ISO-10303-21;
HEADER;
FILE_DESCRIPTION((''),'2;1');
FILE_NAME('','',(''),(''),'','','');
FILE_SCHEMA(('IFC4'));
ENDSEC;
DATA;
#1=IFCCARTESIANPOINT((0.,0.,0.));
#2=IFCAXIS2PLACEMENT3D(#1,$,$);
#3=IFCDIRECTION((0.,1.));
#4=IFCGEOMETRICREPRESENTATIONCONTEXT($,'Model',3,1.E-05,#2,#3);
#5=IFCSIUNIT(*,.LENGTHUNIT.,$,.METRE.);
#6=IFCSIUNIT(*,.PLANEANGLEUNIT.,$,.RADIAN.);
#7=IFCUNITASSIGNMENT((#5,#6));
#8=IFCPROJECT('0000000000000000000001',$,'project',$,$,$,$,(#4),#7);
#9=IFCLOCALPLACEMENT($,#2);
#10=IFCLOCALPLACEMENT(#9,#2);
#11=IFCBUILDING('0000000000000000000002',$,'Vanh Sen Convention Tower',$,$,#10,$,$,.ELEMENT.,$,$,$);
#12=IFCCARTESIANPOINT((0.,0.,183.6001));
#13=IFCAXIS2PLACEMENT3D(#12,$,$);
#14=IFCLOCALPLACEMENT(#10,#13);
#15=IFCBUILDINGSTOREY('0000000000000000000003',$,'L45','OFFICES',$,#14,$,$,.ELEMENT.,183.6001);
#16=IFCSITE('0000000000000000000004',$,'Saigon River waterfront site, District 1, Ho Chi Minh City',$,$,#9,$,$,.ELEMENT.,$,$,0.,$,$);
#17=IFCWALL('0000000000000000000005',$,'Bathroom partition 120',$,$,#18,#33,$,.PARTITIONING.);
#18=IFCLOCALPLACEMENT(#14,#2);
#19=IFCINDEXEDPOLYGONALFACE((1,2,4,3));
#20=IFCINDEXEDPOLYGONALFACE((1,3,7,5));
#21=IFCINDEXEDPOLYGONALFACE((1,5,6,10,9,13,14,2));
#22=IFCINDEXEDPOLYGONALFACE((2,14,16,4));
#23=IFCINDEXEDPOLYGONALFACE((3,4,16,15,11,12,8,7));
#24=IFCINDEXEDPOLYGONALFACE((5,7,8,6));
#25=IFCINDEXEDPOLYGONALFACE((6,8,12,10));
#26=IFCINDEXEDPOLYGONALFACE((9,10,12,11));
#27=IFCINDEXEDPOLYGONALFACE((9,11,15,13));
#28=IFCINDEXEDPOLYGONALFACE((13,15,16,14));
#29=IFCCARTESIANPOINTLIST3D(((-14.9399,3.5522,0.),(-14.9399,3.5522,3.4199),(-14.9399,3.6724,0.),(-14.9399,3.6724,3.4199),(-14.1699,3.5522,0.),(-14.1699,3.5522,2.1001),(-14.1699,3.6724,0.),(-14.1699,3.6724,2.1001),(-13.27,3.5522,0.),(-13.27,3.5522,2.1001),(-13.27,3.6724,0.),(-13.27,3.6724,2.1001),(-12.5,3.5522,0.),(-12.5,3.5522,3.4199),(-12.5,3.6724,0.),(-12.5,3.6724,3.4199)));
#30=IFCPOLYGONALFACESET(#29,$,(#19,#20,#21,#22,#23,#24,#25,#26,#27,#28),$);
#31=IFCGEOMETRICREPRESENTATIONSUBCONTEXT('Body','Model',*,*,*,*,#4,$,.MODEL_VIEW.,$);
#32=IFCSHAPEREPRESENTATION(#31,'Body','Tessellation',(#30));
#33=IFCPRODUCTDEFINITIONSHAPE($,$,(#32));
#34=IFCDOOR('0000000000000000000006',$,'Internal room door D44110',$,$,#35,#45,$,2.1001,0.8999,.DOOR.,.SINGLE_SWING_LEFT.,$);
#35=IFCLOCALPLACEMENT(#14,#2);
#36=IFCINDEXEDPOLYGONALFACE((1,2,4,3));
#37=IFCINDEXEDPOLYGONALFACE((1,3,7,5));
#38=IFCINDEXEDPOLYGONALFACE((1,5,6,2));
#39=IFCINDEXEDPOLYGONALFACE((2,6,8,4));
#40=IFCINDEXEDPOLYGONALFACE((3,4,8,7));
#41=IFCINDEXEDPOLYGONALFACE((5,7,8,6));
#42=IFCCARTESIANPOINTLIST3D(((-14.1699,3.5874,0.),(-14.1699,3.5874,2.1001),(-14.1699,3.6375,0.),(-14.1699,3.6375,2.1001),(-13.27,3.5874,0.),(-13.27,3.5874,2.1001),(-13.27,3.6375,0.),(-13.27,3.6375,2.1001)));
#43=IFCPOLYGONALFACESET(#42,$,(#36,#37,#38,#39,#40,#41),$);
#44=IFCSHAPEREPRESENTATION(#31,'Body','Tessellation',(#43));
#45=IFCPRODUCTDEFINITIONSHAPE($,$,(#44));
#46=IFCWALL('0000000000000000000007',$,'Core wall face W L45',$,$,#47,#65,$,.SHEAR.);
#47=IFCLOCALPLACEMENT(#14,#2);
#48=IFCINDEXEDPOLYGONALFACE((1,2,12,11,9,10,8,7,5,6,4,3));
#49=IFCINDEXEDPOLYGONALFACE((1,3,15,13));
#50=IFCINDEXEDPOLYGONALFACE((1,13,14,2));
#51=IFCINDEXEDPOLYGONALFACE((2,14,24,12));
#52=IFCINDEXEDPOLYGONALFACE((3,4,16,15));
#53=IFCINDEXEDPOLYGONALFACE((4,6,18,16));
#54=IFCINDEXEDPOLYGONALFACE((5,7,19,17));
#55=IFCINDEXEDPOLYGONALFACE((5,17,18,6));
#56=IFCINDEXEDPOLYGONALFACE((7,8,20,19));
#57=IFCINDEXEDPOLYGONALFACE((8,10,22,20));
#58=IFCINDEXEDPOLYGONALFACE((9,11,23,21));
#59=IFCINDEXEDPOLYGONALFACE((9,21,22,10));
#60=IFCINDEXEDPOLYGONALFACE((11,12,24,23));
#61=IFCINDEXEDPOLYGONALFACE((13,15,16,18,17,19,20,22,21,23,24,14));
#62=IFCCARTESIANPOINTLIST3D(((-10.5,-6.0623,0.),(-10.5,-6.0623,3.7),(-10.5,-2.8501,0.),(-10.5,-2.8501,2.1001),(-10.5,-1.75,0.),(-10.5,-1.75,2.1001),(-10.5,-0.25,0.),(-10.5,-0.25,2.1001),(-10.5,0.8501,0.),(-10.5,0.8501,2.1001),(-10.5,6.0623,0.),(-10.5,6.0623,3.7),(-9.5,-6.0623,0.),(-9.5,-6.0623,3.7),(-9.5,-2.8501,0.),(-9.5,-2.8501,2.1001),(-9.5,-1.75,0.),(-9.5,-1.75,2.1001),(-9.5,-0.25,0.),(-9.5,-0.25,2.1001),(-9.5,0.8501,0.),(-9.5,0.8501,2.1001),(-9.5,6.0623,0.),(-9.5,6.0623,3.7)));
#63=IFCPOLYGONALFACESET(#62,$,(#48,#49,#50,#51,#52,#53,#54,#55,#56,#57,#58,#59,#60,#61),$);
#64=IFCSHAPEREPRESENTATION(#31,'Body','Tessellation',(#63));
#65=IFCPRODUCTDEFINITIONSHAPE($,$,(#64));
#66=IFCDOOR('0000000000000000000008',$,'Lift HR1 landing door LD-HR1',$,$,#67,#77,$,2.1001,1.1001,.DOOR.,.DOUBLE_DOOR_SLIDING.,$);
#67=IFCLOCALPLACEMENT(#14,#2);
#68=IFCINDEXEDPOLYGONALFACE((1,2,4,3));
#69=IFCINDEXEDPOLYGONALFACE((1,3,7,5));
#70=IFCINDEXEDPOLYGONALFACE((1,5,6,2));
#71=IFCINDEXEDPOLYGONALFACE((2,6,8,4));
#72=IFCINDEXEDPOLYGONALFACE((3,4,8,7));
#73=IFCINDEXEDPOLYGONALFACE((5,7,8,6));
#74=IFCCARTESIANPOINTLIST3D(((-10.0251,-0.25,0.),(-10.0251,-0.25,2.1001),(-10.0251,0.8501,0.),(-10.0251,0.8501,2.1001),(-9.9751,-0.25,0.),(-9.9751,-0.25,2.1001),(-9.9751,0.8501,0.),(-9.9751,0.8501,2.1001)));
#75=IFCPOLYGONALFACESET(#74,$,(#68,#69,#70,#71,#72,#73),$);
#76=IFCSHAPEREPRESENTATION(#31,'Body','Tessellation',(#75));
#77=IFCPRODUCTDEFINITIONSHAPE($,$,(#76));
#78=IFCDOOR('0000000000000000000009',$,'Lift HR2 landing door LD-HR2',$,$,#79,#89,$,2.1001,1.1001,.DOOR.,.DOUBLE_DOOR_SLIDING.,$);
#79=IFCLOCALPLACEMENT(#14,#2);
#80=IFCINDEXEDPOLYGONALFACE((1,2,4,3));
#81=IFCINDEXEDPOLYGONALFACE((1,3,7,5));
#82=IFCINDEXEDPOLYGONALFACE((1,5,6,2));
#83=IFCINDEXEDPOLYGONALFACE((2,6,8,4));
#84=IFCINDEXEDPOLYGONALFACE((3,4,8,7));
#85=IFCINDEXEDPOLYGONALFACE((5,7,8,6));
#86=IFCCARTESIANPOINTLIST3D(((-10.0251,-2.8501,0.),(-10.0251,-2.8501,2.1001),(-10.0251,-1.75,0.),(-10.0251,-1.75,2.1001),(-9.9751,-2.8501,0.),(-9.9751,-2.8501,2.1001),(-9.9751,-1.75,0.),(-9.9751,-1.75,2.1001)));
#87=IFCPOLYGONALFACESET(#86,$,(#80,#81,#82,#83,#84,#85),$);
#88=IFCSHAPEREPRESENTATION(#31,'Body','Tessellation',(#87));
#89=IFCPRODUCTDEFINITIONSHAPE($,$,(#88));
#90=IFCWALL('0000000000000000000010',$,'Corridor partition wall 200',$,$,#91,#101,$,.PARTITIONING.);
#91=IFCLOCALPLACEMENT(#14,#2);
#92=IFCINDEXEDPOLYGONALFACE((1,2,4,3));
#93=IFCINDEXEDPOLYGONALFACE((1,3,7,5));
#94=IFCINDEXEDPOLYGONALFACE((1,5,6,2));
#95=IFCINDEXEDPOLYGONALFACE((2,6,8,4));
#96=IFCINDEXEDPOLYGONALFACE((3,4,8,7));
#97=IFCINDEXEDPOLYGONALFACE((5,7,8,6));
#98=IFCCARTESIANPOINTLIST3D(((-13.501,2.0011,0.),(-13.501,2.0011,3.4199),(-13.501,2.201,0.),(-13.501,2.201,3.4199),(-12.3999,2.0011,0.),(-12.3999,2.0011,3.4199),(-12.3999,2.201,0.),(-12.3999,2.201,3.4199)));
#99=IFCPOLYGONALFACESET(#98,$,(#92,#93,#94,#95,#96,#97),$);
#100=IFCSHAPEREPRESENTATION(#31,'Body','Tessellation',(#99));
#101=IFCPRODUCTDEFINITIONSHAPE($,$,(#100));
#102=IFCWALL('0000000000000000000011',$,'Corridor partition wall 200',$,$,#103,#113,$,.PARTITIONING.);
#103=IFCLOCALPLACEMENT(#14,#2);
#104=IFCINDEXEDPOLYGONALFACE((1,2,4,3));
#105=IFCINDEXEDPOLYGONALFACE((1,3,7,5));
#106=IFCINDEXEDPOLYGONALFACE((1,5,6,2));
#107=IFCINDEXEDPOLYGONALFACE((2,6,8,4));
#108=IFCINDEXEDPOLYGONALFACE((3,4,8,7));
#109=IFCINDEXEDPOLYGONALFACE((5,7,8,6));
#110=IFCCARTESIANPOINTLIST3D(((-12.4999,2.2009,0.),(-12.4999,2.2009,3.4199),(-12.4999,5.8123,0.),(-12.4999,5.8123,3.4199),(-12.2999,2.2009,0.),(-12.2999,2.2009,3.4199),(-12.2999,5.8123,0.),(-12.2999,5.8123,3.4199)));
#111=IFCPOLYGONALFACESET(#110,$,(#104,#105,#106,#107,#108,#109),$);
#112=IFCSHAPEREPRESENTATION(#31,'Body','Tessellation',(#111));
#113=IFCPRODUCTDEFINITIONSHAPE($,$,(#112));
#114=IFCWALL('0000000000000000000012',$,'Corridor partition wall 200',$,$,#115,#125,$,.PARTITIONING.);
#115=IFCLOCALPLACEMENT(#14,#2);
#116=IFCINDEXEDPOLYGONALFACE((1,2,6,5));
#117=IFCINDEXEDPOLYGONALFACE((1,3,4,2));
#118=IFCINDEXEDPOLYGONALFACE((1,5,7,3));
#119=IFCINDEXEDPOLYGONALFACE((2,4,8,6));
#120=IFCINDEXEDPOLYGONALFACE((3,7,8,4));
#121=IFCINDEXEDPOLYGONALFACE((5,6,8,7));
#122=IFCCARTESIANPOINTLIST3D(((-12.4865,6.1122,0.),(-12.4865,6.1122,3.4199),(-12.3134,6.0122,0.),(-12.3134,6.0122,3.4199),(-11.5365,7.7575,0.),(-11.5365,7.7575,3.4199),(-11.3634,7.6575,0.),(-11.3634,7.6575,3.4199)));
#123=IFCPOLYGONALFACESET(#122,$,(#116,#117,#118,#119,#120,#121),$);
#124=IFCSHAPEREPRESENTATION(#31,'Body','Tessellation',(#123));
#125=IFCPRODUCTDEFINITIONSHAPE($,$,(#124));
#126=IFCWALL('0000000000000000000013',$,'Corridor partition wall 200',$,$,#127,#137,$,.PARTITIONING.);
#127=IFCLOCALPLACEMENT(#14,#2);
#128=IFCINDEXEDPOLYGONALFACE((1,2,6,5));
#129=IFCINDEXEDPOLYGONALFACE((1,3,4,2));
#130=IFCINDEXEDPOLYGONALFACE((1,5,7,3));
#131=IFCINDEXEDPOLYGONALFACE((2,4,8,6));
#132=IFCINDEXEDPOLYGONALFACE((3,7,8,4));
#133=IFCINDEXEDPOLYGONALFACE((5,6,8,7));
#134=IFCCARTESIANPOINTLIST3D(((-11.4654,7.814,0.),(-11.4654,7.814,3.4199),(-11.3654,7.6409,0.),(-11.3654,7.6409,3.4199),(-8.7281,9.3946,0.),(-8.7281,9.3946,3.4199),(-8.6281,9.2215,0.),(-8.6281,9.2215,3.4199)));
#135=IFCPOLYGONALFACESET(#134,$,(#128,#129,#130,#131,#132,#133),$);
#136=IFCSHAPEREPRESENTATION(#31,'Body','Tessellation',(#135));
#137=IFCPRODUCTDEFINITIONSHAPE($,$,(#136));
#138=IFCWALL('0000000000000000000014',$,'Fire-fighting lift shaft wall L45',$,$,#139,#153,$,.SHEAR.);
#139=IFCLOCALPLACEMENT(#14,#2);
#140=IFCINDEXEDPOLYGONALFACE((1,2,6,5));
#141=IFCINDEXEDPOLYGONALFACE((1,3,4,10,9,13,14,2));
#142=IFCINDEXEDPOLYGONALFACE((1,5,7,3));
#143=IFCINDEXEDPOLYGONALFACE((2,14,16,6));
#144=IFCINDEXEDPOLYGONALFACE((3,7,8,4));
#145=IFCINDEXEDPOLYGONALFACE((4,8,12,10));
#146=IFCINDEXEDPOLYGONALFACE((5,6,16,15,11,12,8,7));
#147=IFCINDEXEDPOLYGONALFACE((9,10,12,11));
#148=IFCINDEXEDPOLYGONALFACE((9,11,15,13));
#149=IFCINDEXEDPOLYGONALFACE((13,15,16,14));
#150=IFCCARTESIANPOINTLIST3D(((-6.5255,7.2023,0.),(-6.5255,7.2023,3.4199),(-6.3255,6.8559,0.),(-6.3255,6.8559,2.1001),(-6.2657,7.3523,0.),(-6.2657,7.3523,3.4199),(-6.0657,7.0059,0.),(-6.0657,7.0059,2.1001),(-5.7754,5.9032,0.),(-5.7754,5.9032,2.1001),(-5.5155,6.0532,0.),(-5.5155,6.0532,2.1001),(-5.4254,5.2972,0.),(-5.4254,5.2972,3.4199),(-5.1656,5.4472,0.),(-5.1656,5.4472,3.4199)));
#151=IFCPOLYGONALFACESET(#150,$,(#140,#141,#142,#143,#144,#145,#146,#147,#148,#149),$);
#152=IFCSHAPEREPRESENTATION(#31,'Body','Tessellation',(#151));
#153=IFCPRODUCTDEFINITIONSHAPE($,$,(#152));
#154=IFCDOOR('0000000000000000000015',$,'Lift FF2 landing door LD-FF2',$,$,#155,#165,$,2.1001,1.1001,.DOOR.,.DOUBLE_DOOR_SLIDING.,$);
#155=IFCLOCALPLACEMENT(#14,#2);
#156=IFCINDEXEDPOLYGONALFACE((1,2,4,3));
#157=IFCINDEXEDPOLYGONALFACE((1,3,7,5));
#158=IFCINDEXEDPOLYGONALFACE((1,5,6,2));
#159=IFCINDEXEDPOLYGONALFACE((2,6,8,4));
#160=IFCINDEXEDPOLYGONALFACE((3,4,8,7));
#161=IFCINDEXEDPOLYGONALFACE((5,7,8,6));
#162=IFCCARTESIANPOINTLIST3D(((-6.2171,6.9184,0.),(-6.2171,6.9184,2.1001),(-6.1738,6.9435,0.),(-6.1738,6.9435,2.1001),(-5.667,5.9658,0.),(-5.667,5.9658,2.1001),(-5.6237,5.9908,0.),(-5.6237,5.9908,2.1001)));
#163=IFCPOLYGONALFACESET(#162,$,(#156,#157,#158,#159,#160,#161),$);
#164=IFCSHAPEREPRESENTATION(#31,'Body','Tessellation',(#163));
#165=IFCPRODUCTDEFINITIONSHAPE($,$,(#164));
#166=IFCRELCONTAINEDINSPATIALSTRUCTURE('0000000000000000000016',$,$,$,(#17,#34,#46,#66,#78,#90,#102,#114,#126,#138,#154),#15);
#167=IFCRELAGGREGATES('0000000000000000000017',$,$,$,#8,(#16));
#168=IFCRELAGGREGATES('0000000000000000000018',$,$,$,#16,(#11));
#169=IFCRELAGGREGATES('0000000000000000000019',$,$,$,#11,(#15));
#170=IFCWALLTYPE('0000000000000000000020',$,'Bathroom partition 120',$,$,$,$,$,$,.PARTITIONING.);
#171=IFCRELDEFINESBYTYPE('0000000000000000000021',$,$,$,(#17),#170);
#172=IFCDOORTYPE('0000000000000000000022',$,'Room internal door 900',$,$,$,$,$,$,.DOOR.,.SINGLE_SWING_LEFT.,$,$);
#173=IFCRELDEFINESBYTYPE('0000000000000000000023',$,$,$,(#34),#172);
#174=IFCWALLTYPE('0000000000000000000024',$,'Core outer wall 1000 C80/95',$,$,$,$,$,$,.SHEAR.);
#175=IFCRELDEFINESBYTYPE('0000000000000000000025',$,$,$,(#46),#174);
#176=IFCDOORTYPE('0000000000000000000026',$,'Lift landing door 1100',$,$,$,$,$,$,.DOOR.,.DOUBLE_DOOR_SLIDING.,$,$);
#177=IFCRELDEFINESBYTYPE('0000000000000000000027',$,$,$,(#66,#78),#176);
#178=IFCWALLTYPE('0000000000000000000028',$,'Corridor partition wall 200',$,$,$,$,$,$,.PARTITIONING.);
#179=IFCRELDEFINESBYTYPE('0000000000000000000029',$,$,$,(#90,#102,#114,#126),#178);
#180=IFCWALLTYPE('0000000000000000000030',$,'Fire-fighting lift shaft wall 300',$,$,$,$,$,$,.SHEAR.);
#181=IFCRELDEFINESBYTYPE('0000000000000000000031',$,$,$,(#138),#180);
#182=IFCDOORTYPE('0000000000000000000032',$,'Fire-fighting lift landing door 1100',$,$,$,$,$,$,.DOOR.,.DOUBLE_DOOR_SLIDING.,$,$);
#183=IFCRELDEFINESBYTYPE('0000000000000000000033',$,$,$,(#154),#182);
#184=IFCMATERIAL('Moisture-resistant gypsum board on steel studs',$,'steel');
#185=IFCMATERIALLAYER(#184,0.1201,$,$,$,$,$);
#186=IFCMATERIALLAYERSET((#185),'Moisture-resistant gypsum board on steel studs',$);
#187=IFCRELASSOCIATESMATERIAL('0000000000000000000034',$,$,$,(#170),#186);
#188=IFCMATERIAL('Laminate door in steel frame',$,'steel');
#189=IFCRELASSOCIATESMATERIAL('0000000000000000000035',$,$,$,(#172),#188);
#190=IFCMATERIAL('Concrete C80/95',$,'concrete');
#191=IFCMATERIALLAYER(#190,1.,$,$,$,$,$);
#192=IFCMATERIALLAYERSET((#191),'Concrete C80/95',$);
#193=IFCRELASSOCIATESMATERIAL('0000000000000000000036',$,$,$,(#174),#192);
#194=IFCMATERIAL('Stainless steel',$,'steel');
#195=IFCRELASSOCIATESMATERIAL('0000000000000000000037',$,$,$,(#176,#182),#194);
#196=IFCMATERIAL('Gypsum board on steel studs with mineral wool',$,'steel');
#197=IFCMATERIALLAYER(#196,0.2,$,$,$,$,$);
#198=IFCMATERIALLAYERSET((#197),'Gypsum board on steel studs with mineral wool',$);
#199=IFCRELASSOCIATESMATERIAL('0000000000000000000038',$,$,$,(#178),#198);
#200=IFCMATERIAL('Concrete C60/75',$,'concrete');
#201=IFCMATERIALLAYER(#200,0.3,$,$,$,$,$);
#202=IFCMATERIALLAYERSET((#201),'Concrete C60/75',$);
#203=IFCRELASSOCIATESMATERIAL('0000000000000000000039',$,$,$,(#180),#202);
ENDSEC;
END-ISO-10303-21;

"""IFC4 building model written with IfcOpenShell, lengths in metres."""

from ifc_helpers import new_model, si_unit, direction, frame, frame_2d, origin, place, context, subcontext, project, spatial, rectangle, extrude, material, layer, layer_set, type_object, element, fill, save


model = new_model("IFC4")

# Units and contexts
model_context = context("Model", 3, precision=1e-05, world=origin(), true_north=direction((0.0, 1.0)))
body_context = subcontext(model_context, "Body", "Model", "MODEL_VIEW")
ifc_project = project(units=[si_unit("LENGTHUNIT", "METRE"), si_unit("PLANEANGLEUNIT", "RADIAN")], contexts=[model_context])

# Site, building, storey
site_placement = place(None, origin())
site = spatial("IfcSite", under=ifc_project, at=site_placement, Name="Saigon River waterfront site, District 1, Ho Chi Minh City", CompositionType="ELEMENT", RefElevation=0.0)
building_placement = place(site_placement, origin())
building = spatial("IfcBuilding", under=site, at=building_placement, Name="Vanh Sen Convention Tower", CompositionType="ELEMENT")
storey_placement = place(building_placement, frame((0.0, 0.0, 183.6001)))
storey = spatial("IfcBuildingStorey", under=building, at=storey_placement, Name="L45", Description="OFFICES", CompositionType="ELEMENT", Elevation=183.6001)

# Wall, opening, door
ifc_material_1 = material(Name="Moisture-resistant gypsum board on steel studs", Category="steel")
ifc_layer_1 = layer(ifc_material_1, 0.1201)
ifc_layer_set_1 = layer_set([ifc_layer_1], Name="Moisture-resistant gypsum board on steel studs")
wall_type_1 = type_object("IfcWallType", Name="Bathroom partition 120", PredefinedType="PARTITIONING", material=ifc_layer_set_1)
wall_1_placement = place(storey_placement, frame((-12.5, 3.6123, 0.0), z_axis=(0.0, 0.0, 1.0), x_axis=(-1.0, 0.0, 0.0)))
wall_1 = element("IfcWall", 1, at=wall_1_placement, inside=storey, type_object=wall_type_1, Name="Bathroom partition 120", PredefinedType="PARTITIONING", context=body_context, shape_type="SweptSolid", body=[
    extrude(rectangle(XDim=2.4399, YDim=0.1201, at=frame_2d((1.22, 0.0))), origin(), (0.0, 0.0, 1.0), 3.4199),
])
opening_1_placement = place(wall_1_placement, frame((0.77, 0.0, 0.0)))
opening_1 = element("IfcOpeningElement", 2, at=opening_1_placement, cuts=wall_1, PredefinedType="OPENING", context=body_context, shape_type="SweptSolid", body=[
    extrude(rectangle(XDim=0.8999, YDim=2.1001, at=frame_2d((0.45, 1.05))), frame((0.0, 0.0701, 0.0), z_axis=(0.0, -1.0, 0.0), x_axis=(1.0, 0.0, 0.0)), (0.0, 0.0, 1.0), 0.1401),
])
ifc_material_2 = material(Name="Laminate door in steel frame", Category="steel")
door_type_1 = type_object("IfcDoorType", Name="Room internal door 900", OperationType="SINGLE_SWING_LEFT", PredefinedType="DOOR", material=ifc_material_2)
door_1_placement = place(opening_1_placement, origin())
door_1 = element("IfcDoor", 3, at=door_1_placement, inside=storey, type_object=door_type_1, Name="Internal room door D44110", OperationType="SINGLE_SWING_LEFT", OverallHeight=2.1001, OverallWidth=0.8999, PredefinedType="DOOR", context=body_context, shape_type="SweptSolid", body=[
    extrude(rectangle(XDim=0.8999, YDim=2.1001, at=frame_2d((0.45, 1.05))), frame((0.0, 0.0249, 0.0), z_axis=(0.0, -1.0, 0.0), x_axis=(1.0, 0.0, 0.0)), (0.0, 0.0, 1.0), 0.05),
])
fill(opening_1, door_1)

# Wall, openings, doors
ifc_material_3 = material(Name="Concrete C80/95", Category="concrete")
ifc_layer_2 = layer(ifc_material_3, 1.0)
ifc_layer_set_2 = layer_set([ifc_layer_2], Name="Concrete C80/95")
wall_type_2 = type_object("IfcWallType", Name="Core outer wall 1000 C80/95", PredefinedType="SHEAR", material=ifc_layer_set_2)
wall_2_placement = place(storey_placement, frame((-10.0, 6.0623, 0.0), z_axis=(0.0, 0.0, 1.0), x_axis=(0.0, -1.0, 0.0)))
wall_2 = element("IfcWall", 4, at=wall_2_placement, inside=storey, type_object=wall_type_2, Name="Core wall face W L45", PredefinedType="SHEAR", context=body_context, shape_type="SweptSolid", body=[
    extrude(rectangle(XDim=12.1245, YDim=1.0, at=frame_2d((6.0623, 0.0))), origin(), (0.0, 0.0, 1.0), 3.7),
])
opening_2_placement = place(wall_2_placement, frame((5.2122, 0.0, 0.0)))
opening_2 = element("IfcOpeningElement", 5, at=opening_2_placement, cuts=wall_2, PredefinedType="OPENING", context=body_context, shape_type="SweptSolid", body=[
    extrude(rectangle(XDim=1.1001, YDim=2.1001, at=frame_2d((0.55, 1.05))), frame((0.0, 0.51, 0.0), z_axis=(0.0, -1.0, 0.0), x_axis=(1.0, 0.0, 0.0)), (0.0, 0.0, 1.0), 1.02),
])
opening_3_placement = place(wall_2_placement, frame((7.8123, 0.0, 0.0)))
opening_3 = element("IfcOpeningElement", 6, at=opening_3_placement, cuts=wall_2, PredefinedType="OPENING", context=body_context, shape_type="SweptSolid", body=[
    extrude(rectangle(XDim=1.1001, YDim=2.1001, at=frame_2d((0.55, 1.05))), frame((0.0, 0.51, 0.0), z_axis=(0.0, -1.0, 0.0), x_axis=(1.0, 0.0, 0.0)), (0.0, 0.0, 1.0), 1.02),
])
ifc_material_4 = material(Name="Stainless steel", Category="steel")
door_type_2 = type_object("IfcDoorType", Name="Lift landing door 1100", OperationType="DOUBLE_DOOR_SLIDING", PredefinedType="DOOR", material=ifc_material_4)
door_2_placement = place(opening_2_placement, origin())
door_2 = element("IfcDoor", 7, at=door_2_placement, inside=storey, type_object=door_type_2, Name="Lift HR1 landing door LD-HR1", OperationType="DOUBLE_DOOR_SLIDING", OverallHeight=2.1001, OverallWidth=1.1001, PredefinedType="DOOR", context=body_context, shape_type="SweptSolid", body=[
    extrude(rectangle(XDim=1.1001, YDim=2.1001, at=frame_2d((0.55, 1.05))), frame((0.0, 0.0249, 0.0), z_axis=(0.0, -1.0, 0.0), x_axis=(1.0, 0.0, 0.0)), (0.0, 0.0, 1.0), 0.05),
])
fill(opening_2, door_2)
door_3_placement = place(opening_3_placement, origin())
door_3 = element("IfcDoor", 8, at=door_3_placement, inside=storey, type_object=door_type_2, Name="Lift HR2 landing door LD-HR2", OperationType="DOUBLE_DOOR_SLIDING", OverallHeight=2.1001, OverallWidth=1.1001, PredefinedType="DOOR", context=body_context, shape_type="SweptSolid", body=[
    extrude(rectangle(XDim=1.1001, YDim=2.1001, at=frame_2d((0.55, 1.05))), frame((0.0, 0.0249, 0.0), z_axis=(0.0, -1.0, 0.0), x_axis=(1.0, 0.0, 0.0)), (0.0, 0.0, 1.0), 0.05),
])
fill(opening_3, door_3)

# Walls
ifc_material_5 = material(Name="Gypsum board on steel studs with mineral wool", Category="steel")
ifc_layer_3 = layer(ifc_material_5, 0.2)
ifc_layer_set_3 = layer_set([ifc_layer_3], Name="Gypsum board on steel studs with mineral wool")
wall_type_3 = type_object("IfcWallType", Name="Corridor partition wall 200", PredefinedType="PARTITIONING", material=ifc_layer_set_3)
wall_3_placement = place(storey_placement, frame((-12.3999, 2.1011, 0.0), z_axis=(0.0, 0.0, 1.0), x_axis=(-1.0, 0.0, 0.0)))
element("IfcWall", 9, at=wall_3_placement, inside=storey, type_object=wall_type_3, Name="Corridor partition wall 200", PredefinedType="PARTITIONING", context=body_context, shape_type="SweptSolid", body=[
    extrude(rectangle(XDim=1.1011, YDim=0.2, at=frame_2d((0.5505, 0.0))), origin(), (0.0, 0.0, 1.0), 3.4199),
])
wall_4_placement = place(storey_placement, frame((-12.3999, 5.8123, 0.0), z_axis=(0.0, 0.0, 1.0), x_axis=(0.0, -1.0, 0.0)))
element("IfcWall", 10, at=wall_4_placement, inside=storey, type_object=wall_type_3, Name="Corridor partition wall 200", PredefinedType="PARTITIONING", context=body_context, shape_type="SweptSolid", body=[
    extrude(rectangle(XDim=3.6113, YDim=0.2, at=frame_2d((1.8057, 0.0))), origin(), (0.0, 0.0, 1.0), 3.4199),
])
wall_5_placement = place(storey_placement, frame((-11.45, 7.7075, 0.0), z_axis=(0.0, 0.0, 1.0), x_axis=(-0.500023, -0.866012, 0.0)))
element("IfcWall", 11, at=wall_5_placement, inside=storey, type_object=wall_type_3, Name="Corridor partition wall 200", PredefinedType="PARTITIONING", context=body_context, shape_type="SweptSolid", body=[
    extrude(rectangle(XDim=1.8999, YDim=0.2, at=frame_2d((0.95, 0.0))), origin(), (0.0, 0.0, 1.0), 3.4199),
])
wall_6_placement = place(storey_placement, frame((-8.678, 9.3081, 0.0), z_axis=(0.0, 0.0, 1.0), x_axis=(-0.866, -0.500043, 0.0)))
element("IfcWall", 12, at=wall_6_placement, inside=storey, type_object=wall_type_3, Name="Corridor partition wall 200", PredefinedType="PARTITIONING", context=body_context, shape_type="SweptSolid", body=[
    extrude(rectangle(XDim=3.1609, YDim=0.2, at=frame_2d((1.5806, 0.0))), origin(), (0.0, 0.0, 1.0), 3.4199),
])

# Wall, opening, door
ifc_material_6 = material(Name="Concrete C60/75", Category="concrete")
ifc_layer_4 = layer(ifc_material_6, 0.3)
ifc_layer_set_4 = layer_set([ifc_layer_4], Name="Concrete C60/75")
wall_type_4 = type_object("IfcWallType", Name="Fire-fighting lift shaft wall 300", PredefinedType="SHEAR", material=ifc_layer_set_4)
wall_7_placement = place(storey_placement, frame((-5.2954, 5.3721, 0.0), z_axis=(0.0, 0.0, 1.0), x_axis=(-0.500078, 0.86598, 0.0)))
wall_7 = element("IfcWall", 13, at=wall_7_placement, inside=storey, type_object=wall_type_4, Name="Fire-fighting lift shaft wall L45", PredefinedType="SHEAR", context=body_context, shape_type="SweptSolid", body=[
    extrude(rectangle(XDim=2.2, YDim=0.3, at=frame_2d((1.1001, 0.0))), origin(), (0.0, 0.0, 1.0), 3.4199),
])
opening_4_placement = place(wall_7_placement, frame((0.7, 0.0, 0.0)))
opening_4 = element("IfcOpeningElement", 14, at=opening_4_placement, cuts=wall_7, PredefinedType="OPENING", context=body_context, shape_type="SweptSolid", body=[
    extrude(rectangle(XDim=1.1001, YDim=2.1001, at=frame_2d((0.55, 1.05))), frame((0.0, 0.1599, 0.0), z_axis=(0.0, -1.0, 0.0), x_axis=(1.0, 0.0, 0.0)), (0.0, 0.0, 1.0), 0.3201),
])
door_type_3 = type_object("IfcDoorType", Name="Fire-fighting lift landing door 1100", OperationType="DOUBLE_DOOR_SLIDING", PredefinedType="DOOR", material=ifc_material_4)
door_4_placement = place(opening_4_placement, origin())
door_4 = element("IfcDoor", 15, at=door_4_placement, inside=storey, type_object=door_type_3, Name="Lift FF2 landing door LD-FF2", OperationType="DOUBLE_DOOR_SLIDING", OverallHeight=2.1001, OverallWidth=1.1001, PredefinedType="DOOR", context=body_context, shape_type="SweptSolid", body=[
    extrude(rectangle(XDim=1.1001, YDim=2.1001, at=frame_2d((0.55, 1.05))), frame((0.0, 0.0249, 0.0), z_axis=(0.0, -1.0, 0.0), x_axis=(1.0, 0.0, 0.0)), (0.0, 0.0, 1.0), 0.05),
])
fill(opening_4, door_4)

save(model, "model.ifc")
